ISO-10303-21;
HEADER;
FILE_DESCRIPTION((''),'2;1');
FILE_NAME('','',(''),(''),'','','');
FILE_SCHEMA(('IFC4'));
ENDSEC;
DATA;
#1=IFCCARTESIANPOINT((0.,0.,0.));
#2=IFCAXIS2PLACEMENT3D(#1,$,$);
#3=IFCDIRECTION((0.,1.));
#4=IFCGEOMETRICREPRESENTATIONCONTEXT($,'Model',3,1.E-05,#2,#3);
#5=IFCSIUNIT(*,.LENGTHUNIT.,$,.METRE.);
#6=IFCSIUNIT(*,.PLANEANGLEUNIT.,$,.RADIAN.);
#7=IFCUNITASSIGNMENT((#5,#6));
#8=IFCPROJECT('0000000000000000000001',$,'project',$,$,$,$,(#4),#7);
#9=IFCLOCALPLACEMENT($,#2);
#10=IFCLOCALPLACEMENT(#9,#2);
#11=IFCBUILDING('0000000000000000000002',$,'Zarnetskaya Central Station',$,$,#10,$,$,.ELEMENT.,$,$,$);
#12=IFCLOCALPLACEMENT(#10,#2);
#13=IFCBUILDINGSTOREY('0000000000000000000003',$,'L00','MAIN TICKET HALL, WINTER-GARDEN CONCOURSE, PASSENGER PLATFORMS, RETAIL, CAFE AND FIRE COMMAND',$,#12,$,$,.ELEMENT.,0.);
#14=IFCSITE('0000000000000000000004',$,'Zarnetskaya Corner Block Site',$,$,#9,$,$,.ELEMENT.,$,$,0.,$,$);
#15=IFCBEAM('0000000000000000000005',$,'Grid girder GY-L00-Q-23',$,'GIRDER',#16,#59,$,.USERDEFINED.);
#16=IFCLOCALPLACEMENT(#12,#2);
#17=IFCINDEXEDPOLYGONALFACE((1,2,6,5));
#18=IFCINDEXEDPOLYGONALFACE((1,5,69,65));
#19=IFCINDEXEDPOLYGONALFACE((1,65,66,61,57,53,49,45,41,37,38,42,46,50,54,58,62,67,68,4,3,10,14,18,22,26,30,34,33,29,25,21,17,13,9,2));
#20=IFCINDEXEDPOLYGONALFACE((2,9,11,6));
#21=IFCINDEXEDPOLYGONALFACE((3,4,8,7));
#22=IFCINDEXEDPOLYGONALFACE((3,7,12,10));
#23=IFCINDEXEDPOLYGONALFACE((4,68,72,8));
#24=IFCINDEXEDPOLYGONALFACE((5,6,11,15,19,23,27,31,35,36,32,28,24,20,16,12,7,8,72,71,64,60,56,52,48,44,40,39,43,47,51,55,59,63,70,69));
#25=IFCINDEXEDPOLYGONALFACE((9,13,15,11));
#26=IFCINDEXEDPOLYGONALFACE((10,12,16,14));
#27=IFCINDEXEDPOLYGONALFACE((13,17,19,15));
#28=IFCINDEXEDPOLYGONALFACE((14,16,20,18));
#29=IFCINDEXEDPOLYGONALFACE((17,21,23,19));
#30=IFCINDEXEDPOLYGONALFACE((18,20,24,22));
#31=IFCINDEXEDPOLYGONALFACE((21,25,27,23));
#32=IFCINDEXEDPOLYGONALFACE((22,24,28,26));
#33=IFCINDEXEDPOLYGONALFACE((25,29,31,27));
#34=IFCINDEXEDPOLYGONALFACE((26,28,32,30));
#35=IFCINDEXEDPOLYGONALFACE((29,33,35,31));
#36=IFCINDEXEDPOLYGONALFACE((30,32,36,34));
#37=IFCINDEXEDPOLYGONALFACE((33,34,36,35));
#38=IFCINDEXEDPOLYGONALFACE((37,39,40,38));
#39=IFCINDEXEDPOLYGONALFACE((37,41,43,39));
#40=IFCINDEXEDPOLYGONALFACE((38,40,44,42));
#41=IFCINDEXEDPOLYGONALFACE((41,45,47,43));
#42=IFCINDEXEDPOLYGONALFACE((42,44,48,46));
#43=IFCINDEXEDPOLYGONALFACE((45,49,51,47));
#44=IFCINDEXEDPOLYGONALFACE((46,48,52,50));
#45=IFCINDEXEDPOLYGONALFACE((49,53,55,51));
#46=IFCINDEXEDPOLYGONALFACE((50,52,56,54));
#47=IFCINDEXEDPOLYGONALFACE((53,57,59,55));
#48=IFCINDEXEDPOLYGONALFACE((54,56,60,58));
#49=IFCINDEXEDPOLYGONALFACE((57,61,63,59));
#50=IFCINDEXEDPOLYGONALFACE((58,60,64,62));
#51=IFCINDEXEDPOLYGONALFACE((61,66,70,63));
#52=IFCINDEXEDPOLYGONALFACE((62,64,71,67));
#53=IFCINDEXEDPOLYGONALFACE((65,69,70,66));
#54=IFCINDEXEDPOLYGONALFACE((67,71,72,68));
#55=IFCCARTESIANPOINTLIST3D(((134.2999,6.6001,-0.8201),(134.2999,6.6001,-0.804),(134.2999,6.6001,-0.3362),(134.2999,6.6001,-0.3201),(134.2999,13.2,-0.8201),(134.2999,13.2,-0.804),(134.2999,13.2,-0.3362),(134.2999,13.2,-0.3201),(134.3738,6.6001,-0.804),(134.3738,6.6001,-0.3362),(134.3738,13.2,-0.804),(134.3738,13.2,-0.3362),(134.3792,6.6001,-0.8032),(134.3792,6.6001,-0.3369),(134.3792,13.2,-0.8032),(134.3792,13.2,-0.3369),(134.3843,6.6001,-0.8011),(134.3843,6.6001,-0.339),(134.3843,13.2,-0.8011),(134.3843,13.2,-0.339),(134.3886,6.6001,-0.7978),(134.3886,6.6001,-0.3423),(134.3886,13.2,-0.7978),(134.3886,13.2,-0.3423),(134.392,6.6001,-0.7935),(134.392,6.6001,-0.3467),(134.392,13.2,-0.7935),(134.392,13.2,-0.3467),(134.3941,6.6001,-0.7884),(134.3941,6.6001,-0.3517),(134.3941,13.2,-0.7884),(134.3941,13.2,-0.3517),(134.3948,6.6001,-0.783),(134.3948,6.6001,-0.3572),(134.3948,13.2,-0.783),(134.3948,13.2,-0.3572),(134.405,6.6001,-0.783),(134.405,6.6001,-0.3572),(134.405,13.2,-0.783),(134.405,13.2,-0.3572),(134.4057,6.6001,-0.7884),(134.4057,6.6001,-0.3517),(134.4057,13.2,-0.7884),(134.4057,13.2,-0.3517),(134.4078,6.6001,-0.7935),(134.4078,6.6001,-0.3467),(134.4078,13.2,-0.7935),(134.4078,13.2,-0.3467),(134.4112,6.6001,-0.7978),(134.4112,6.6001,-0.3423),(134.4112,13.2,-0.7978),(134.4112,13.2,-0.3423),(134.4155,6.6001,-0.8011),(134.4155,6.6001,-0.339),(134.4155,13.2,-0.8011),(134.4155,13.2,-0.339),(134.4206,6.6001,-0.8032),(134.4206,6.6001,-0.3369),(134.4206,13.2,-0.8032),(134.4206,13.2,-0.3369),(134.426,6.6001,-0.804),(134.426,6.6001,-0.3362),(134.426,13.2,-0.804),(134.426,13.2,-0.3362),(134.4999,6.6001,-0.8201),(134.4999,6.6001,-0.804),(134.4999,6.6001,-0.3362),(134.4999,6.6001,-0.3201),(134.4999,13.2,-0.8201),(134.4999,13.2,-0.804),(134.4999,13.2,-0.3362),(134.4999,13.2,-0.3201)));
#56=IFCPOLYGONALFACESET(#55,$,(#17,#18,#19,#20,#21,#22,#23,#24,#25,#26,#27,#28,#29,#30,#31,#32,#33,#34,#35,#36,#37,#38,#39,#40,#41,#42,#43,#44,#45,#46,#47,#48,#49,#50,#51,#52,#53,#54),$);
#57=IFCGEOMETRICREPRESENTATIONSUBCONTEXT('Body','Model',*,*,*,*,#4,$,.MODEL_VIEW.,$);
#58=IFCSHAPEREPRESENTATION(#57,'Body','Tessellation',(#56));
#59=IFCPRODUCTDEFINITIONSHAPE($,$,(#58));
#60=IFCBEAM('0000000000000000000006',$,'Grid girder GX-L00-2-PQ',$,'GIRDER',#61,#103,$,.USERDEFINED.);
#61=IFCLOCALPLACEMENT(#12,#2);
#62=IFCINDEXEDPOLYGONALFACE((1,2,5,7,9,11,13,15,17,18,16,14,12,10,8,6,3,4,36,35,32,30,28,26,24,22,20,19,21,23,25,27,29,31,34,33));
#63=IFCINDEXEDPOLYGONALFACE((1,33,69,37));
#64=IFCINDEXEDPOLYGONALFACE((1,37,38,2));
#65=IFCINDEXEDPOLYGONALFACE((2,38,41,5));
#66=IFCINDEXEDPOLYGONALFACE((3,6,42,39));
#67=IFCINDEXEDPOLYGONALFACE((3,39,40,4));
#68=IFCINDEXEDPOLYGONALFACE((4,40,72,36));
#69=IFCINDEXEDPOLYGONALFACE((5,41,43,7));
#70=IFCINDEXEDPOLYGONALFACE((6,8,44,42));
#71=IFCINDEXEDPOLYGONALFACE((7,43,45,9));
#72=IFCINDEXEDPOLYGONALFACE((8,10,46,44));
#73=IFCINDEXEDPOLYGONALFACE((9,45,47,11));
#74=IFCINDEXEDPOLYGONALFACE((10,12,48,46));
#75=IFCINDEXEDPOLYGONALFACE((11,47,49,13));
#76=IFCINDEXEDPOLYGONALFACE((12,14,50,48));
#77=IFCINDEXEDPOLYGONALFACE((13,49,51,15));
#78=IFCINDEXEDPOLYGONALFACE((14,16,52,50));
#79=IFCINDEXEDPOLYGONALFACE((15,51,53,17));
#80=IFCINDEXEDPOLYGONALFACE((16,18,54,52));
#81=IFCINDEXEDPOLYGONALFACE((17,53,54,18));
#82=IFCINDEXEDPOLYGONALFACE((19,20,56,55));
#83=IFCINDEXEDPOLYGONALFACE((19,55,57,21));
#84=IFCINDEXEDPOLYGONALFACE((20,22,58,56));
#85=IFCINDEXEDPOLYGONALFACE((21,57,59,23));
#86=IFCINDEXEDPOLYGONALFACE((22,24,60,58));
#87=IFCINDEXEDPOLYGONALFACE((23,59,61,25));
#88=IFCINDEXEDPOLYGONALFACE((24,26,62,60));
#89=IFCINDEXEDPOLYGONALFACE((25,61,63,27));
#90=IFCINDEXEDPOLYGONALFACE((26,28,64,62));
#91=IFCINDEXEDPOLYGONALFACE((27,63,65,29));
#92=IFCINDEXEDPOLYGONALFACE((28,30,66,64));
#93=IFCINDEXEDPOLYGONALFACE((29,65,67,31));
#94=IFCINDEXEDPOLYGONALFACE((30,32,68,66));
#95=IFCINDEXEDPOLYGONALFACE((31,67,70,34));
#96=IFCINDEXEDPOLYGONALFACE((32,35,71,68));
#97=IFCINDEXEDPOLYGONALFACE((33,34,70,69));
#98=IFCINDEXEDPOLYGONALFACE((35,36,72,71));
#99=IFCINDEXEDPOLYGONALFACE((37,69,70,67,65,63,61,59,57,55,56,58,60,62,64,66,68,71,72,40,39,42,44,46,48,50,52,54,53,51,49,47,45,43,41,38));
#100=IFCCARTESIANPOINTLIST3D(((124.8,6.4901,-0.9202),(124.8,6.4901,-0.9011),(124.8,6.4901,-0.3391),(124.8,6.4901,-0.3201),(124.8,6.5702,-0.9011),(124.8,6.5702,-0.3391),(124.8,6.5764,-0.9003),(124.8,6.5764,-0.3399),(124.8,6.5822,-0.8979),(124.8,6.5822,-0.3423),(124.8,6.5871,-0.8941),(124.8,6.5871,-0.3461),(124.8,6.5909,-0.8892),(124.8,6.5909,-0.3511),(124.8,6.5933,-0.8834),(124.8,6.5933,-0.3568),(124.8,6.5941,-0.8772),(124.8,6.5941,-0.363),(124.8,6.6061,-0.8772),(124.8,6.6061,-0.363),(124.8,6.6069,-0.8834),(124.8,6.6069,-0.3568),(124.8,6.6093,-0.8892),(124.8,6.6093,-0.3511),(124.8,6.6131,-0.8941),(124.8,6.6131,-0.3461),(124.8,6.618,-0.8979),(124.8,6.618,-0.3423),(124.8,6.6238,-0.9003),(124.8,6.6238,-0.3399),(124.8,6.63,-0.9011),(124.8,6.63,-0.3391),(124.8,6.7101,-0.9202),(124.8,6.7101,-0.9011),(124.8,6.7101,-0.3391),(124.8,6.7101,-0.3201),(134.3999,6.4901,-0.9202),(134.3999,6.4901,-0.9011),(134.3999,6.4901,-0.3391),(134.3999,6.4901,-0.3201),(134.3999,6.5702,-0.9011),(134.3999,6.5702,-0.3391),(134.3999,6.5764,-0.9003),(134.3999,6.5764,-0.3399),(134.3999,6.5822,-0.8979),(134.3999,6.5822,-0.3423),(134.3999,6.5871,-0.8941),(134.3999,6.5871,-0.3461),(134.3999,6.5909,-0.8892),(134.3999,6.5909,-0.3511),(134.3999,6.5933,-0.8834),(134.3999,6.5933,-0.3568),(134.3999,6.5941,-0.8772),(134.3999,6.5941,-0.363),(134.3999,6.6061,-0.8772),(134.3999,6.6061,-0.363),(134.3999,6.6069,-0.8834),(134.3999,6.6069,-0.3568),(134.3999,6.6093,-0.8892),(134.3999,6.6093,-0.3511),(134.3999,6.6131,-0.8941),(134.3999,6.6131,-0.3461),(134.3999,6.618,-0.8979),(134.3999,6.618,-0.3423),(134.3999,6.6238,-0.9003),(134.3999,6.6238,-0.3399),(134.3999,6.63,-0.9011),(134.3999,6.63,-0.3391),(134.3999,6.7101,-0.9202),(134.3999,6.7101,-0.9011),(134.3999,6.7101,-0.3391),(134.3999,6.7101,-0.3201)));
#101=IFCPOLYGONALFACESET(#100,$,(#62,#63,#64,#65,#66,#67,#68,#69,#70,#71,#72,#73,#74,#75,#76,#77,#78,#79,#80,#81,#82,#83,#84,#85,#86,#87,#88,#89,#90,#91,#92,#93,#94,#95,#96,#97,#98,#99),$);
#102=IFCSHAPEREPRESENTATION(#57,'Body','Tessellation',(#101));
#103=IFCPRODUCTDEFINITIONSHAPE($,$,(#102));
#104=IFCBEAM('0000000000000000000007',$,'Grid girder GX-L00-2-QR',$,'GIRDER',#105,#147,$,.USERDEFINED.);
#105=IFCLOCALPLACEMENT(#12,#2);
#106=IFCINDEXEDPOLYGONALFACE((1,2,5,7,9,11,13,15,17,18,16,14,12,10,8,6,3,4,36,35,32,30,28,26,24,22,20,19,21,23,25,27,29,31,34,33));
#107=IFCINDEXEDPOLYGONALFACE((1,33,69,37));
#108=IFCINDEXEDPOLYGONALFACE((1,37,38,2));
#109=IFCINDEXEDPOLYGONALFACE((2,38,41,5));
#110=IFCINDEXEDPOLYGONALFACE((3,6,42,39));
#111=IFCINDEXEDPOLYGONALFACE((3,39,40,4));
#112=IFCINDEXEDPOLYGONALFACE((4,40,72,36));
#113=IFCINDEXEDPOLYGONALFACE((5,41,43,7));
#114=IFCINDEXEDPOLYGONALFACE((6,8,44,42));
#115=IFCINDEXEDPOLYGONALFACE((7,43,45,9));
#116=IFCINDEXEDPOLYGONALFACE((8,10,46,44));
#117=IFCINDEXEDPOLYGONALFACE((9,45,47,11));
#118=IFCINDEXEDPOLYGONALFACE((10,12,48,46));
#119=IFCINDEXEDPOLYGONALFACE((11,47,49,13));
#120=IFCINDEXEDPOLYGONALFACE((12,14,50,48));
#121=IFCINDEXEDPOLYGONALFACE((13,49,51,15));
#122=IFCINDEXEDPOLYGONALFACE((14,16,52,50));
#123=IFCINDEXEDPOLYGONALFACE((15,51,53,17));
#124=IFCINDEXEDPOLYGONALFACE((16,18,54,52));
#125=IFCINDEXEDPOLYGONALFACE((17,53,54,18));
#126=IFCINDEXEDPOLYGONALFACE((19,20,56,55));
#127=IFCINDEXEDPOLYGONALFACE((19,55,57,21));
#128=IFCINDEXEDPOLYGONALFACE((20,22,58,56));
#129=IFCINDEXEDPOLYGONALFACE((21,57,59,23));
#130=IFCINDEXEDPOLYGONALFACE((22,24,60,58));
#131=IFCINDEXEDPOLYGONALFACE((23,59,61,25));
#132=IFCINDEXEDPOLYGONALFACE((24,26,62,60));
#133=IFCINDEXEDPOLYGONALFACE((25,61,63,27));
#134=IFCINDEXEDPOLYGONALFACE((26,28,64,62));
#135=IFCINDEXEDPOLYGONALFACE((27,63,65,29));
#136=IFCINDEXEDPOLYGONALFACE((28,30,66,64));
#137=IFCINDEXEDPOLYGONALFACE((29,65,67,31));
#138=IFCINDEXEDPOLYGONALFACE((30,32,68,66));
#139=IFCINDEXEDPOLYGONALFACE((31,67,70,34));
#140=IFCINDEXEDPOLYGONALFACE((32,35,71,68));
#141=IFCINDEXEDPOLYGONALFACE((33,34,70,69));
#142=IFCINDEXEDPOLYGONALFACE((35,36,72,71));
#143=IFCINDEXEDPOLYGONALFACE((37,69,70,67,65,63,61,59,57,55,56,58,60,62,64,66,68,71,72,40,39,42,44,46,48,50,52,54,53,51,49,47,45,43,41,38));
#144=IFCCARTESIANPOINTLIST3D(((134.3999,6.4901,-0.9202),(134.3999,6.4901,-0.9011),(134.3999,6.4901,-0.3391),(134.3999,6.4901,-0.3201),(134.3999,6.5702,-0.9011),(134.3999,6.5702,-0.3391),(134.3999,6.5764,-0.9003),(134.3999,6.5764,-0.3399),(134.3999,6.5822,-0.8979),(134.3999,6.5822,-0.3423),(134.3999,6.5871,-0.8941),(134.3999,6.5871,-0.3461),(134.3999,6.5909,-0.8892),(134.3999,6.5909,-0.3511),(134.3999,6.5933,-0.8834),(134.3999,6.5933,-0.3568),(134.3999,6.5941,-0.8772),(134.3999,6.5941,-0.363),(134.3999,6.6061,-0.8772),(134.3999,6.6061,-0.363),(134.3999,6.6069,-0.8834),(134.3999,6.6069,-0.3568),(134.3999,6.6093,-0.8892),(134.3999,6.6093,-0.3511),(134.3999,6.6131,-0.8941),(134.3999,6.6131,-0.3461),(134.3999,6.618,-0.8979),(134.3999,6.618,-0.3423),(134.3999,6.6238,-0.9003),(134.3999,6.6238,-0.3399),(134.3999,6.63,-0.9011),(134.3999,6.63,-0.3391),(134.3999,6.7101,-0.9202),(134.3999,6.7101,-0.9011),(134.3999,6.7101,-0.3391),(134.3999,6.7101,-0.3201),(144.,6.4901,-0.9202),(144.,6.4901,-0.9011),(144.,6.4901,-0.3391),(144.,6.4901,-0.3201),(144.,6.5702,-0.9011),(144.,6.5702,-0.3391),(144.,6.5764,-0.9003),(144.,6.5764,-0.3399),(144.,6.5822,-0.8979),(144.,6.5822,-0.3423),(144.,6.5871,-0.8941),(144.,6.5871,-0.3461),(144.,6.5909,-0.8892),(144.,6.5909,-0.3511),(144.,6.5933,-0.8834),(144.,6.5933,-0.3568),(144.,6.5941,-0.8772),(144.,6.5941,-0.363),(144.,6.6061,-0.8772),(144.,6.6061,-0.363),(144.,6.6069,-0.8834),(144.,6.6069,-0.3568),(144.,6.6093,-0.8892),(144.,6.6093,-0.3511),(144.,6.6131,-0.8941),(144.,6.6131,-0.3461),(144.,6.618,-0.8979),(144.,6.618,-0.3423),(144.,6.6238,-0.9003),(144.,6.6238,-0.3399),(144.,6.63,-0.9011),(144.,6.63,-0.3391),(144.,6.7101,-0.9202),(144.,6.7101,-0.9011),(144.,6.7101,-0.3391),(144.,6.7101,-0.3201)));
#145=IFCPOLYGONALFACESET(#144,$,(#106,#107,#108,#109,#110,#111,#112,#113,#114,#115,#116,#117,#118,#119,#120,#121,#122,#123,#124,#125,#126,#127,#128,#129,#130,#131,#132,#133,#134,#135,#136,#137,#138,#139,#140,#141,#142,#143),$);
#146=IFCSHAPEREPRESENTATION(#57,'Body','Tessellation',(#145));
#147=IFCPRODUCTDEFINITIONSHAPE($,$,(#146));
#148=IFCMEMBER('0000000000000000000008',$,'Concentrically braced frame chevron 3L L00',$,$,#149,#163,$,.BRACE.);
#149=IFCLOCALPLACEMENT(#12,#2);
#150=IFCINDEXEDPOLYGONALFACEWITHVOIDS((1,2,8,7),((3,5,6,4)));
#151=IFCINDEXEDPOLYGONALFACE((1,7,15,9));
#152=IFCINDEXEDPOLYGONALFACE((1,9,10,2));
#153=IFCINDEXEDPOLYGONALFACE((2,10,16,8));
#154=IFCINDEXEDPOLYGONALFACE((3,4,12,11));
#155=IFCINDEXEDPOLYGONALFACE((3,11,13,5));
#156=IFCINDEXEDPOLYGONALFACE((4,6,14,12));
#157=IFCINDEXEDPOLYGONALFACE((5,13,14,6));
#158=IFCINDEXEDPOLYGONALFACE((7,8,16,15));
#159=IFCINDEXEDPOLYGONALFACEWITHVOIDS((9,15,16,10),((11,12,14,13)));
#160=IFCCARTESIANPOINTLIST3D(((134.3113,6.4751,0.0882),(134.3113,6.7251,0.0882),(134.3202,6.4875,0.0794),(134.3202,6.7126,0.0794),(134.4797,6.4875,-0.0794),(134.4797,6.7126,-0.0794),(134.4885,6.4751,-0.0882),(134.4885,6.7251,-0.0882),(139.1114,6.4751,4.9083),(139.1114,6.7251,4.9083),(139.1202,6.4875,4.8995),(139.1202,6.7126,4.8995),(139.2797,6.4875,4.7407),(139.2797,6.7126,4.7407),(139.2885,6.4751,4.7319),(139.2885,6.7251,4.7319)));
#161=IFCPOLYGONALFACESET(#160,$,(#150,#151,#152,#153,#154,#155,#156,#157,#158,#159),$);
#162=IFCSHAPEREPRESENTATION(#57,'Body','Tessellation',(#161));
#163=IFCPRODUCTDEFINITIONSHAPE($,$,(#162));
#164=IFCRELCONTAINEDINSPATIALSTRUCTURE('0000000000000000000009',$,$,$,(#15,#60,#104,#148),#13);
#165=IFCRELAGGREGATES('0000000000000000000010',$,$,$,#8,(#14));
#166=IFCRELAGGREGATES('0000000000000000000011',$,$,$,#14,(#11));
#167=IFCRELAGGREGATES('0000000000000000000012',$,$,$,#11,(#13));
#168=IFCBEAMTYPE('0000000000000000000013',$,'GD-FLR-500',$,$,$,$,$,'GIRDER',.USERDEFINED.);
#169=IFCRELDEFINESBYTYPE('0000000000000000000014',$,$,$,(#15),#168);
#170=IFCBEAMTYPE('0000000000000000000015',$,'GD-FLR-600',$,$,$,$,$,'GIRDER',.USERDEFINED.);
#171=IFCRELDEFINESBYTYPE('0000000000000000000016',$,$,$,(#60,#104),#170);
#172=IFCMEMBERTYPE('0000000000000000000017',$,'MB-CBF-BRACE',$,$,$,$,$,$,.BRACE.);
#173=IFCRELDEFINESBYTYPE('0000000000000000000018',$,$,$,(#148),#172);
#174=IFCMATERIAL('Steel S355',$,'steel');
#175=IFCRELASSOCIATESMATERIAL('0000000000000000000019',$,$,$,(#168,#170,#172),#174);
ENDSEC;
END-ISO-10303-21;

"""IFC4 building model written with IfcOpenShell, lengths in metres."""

from ifc_helpers import new_model, si_unit, direction, frame, origin, origin_2d, place, context, subcontext, project, spatial, hollow_rectangle, i_section, extrude, material, material_profile, profile_set, type_object, element, save


model = new_model("IFC4")

# Units and contexts
model_context = context("Model", 3, precision=1e-05, world=origin(), true_north=direction((0.0, 1.0)))
body_context = subcontext(model_context, "Body", "Model", "MODEL_VIEW")
ifc_project = project(units=[si_unit("LENGTHUNIT", "METRE"), si_unit("PLANEANGLEUNIT", "RADIAN")], contexts=[model_context])

# Site, building, storey
site_placement = place(None, origin())
site = spatial("IfcSite", under=ifc_project, at=site_placement, Name="Zarnetskaya Corner Block Site", CompositionType="ELEMENT", RefElevation=0.0)
building_placement = place(site_placement, origin())
building = spatial("IfcBuilding", under=site, at=building_placement, Name="Zarnetskaya Central Station", CompositionType="ELEMENT")
storey_placement = place(building_placement, origin())
storey = spatial("IfcBuildingStorey", under=building, at=storey_placement, Name="L00", Description="MAIN TICKET HALL, WINTER-GARDEN CONCOURSE, PASSENGER PLATFORMS, RETAIL, CAFE AND FIRE COMMAND", CompositionType="ELEMENT", Elevation=0.0)

# Shared definitions
ifc_material_1 = material(Name="Steel S355", Category="steel")

# Beams
ifc_material_profile_1 = material_profile(ifc_material_1, i_section(OverallWidth=0.2, OverallDepth=0.5, WebThickness=0.0103, FlangeThickness=0.0161, FilletRadius=0.021, at=origin_2d()), Name="IPE 500")
ifc_profile_set_1 = profile_set([ifc_material_profile_1], Name="Steel S355")
beam_type_1 = type_object("IfcBeamType", Name="GD-FLR-500", ElementType="GIRDER", PredefinedType="USERDEFINED", material=ifc_profile_set_1)
beam_1_placement = place(storey_placement, frame((134.3999, 6.6001, -0.5701), z_axis=(0.0, 1.0, 0.0), x_axis=(-1.0, 0.0, 0.0)))
element("IfcBeam", 1, at=beam_1_placement, inside=storey, type_object=beam_type_1, Name="Grid girder GY-L00-Q-23", ObjectType="GIRDER", PredefinedType="USERDEFINED", context=body_context, shape_type="SweptSolid", body=[
    extrude(i_section(OverallWidth=0.2, OverallDepth=0.5, WebThickness=0.0103, FlangeThickness=0.0161, FilletRadius=0.021, at=origin_2d()), origin(), (0.0, 0.0, 1.0), 6.5999),
])
ifc_material_profile_2 = material_profile(ifc_material_1, i_section(OverallWidth=0.22, OverallDepth=0.6001, WebThickness=0.012, FlangeThickness=0.019, FilletRadius=0.0239, at=origin_2d()), Name="IPE 600")
ifc_profile_set_2 = profile_set([ifc_material_profile_2], Name="Steel S355")
beam_type_2 = type_object("IfcBeamType", Name="GD-FLR-600", ElementType="GIRDER", PredefinedType="USERDEFINED", material=ifc_profile_set_2)
beam_2_placement = place(storey_placement, frame((124.8, 6.6001, -0.6201), z_axis=(1.0, 0.0, 0.0), x_axis=(0.0, 1.0, 0.0)))
element("IfcBeam", 2, at=beam_2_placement, inside=storey, type_object=beam_type_2, Name="Grid girder GX-L00-2-PQ", ObjectType="GIRDER", PredefinedType="USERDEFINED", context=body_context, shape_type="SweptSolid", body=[
    extrude(i_section(OverallWidth=0.22, OverallDepth=0.6001, WebThickness=0.012, FlangeThickness=0.019, FilletRadius=0.0239, at=origin_2d()), origin(), (0.0, 0.0, 1.0), 9.5999),
])
beam_3_placement = place(storey_placement, frame((134.3999, 6.6001, -0.6201), z_axis=(1.0, 0.0, 0.0), x_axis=(0.0, 1.0, 0.0)))
element("IfcBeam", 3, at=beam_3_placement, inside=storey, type_object=beam_type_2, Name="Grid girder GX-L00-2-QR", ObjectType="GIRDER", PredefinedType="USERDEFINED", context=body_context, shape_type="SweptSolid", body=[
    extrude(i_section(OverallWidth=0.22, OverallDepth=0.6001, WebThickness=0.012, FlangeThickness=0.019, FilletRadius=0.0239, at=origin_2d()), origin(), (0.0, 0.0, 1.0), 9.6001),
])

# Member
ifc_material_profile_3 = material_profile(ifc_material_1, hollow_rectangle(XDim=0.25, YDim=0.25, WallThickness=0.0125, at=origin_2d()), Name="SHS 250x250x12.5")
ifc_profile_set_3 = profile_set([ifc_material_profile_3], Name="Steel S355")
member_type_1 = type_object("IfcMemberType", Name="MB-CBF-BRACE", PredefinedType="BRACE", material=ifc_profile_set_3)
member_1_placement = place(storey_placement, frame((134.3999, 6.6001, 0.0), z_axis=(0.705634, 0.0, 0.708577), x_axis=(0.0, 1.0, 0.0)))
element("IfcMember", 4, at=member_1_placement, inside=storey, type_object=member_type_1, Name="Concentrically braced frame chevron 3L L00", PredefinedType="BRACE", context=body_context, shape_type="SweptSolid", body=[
    extrude(hollow_rectangle(XDim=0.25, YDim=0.25, WallThickness=0.0125, at=origin_2d()), origin(), (0.0, 0.0, 1.0), 6.8025),
])

save(model, "model.ifc")
